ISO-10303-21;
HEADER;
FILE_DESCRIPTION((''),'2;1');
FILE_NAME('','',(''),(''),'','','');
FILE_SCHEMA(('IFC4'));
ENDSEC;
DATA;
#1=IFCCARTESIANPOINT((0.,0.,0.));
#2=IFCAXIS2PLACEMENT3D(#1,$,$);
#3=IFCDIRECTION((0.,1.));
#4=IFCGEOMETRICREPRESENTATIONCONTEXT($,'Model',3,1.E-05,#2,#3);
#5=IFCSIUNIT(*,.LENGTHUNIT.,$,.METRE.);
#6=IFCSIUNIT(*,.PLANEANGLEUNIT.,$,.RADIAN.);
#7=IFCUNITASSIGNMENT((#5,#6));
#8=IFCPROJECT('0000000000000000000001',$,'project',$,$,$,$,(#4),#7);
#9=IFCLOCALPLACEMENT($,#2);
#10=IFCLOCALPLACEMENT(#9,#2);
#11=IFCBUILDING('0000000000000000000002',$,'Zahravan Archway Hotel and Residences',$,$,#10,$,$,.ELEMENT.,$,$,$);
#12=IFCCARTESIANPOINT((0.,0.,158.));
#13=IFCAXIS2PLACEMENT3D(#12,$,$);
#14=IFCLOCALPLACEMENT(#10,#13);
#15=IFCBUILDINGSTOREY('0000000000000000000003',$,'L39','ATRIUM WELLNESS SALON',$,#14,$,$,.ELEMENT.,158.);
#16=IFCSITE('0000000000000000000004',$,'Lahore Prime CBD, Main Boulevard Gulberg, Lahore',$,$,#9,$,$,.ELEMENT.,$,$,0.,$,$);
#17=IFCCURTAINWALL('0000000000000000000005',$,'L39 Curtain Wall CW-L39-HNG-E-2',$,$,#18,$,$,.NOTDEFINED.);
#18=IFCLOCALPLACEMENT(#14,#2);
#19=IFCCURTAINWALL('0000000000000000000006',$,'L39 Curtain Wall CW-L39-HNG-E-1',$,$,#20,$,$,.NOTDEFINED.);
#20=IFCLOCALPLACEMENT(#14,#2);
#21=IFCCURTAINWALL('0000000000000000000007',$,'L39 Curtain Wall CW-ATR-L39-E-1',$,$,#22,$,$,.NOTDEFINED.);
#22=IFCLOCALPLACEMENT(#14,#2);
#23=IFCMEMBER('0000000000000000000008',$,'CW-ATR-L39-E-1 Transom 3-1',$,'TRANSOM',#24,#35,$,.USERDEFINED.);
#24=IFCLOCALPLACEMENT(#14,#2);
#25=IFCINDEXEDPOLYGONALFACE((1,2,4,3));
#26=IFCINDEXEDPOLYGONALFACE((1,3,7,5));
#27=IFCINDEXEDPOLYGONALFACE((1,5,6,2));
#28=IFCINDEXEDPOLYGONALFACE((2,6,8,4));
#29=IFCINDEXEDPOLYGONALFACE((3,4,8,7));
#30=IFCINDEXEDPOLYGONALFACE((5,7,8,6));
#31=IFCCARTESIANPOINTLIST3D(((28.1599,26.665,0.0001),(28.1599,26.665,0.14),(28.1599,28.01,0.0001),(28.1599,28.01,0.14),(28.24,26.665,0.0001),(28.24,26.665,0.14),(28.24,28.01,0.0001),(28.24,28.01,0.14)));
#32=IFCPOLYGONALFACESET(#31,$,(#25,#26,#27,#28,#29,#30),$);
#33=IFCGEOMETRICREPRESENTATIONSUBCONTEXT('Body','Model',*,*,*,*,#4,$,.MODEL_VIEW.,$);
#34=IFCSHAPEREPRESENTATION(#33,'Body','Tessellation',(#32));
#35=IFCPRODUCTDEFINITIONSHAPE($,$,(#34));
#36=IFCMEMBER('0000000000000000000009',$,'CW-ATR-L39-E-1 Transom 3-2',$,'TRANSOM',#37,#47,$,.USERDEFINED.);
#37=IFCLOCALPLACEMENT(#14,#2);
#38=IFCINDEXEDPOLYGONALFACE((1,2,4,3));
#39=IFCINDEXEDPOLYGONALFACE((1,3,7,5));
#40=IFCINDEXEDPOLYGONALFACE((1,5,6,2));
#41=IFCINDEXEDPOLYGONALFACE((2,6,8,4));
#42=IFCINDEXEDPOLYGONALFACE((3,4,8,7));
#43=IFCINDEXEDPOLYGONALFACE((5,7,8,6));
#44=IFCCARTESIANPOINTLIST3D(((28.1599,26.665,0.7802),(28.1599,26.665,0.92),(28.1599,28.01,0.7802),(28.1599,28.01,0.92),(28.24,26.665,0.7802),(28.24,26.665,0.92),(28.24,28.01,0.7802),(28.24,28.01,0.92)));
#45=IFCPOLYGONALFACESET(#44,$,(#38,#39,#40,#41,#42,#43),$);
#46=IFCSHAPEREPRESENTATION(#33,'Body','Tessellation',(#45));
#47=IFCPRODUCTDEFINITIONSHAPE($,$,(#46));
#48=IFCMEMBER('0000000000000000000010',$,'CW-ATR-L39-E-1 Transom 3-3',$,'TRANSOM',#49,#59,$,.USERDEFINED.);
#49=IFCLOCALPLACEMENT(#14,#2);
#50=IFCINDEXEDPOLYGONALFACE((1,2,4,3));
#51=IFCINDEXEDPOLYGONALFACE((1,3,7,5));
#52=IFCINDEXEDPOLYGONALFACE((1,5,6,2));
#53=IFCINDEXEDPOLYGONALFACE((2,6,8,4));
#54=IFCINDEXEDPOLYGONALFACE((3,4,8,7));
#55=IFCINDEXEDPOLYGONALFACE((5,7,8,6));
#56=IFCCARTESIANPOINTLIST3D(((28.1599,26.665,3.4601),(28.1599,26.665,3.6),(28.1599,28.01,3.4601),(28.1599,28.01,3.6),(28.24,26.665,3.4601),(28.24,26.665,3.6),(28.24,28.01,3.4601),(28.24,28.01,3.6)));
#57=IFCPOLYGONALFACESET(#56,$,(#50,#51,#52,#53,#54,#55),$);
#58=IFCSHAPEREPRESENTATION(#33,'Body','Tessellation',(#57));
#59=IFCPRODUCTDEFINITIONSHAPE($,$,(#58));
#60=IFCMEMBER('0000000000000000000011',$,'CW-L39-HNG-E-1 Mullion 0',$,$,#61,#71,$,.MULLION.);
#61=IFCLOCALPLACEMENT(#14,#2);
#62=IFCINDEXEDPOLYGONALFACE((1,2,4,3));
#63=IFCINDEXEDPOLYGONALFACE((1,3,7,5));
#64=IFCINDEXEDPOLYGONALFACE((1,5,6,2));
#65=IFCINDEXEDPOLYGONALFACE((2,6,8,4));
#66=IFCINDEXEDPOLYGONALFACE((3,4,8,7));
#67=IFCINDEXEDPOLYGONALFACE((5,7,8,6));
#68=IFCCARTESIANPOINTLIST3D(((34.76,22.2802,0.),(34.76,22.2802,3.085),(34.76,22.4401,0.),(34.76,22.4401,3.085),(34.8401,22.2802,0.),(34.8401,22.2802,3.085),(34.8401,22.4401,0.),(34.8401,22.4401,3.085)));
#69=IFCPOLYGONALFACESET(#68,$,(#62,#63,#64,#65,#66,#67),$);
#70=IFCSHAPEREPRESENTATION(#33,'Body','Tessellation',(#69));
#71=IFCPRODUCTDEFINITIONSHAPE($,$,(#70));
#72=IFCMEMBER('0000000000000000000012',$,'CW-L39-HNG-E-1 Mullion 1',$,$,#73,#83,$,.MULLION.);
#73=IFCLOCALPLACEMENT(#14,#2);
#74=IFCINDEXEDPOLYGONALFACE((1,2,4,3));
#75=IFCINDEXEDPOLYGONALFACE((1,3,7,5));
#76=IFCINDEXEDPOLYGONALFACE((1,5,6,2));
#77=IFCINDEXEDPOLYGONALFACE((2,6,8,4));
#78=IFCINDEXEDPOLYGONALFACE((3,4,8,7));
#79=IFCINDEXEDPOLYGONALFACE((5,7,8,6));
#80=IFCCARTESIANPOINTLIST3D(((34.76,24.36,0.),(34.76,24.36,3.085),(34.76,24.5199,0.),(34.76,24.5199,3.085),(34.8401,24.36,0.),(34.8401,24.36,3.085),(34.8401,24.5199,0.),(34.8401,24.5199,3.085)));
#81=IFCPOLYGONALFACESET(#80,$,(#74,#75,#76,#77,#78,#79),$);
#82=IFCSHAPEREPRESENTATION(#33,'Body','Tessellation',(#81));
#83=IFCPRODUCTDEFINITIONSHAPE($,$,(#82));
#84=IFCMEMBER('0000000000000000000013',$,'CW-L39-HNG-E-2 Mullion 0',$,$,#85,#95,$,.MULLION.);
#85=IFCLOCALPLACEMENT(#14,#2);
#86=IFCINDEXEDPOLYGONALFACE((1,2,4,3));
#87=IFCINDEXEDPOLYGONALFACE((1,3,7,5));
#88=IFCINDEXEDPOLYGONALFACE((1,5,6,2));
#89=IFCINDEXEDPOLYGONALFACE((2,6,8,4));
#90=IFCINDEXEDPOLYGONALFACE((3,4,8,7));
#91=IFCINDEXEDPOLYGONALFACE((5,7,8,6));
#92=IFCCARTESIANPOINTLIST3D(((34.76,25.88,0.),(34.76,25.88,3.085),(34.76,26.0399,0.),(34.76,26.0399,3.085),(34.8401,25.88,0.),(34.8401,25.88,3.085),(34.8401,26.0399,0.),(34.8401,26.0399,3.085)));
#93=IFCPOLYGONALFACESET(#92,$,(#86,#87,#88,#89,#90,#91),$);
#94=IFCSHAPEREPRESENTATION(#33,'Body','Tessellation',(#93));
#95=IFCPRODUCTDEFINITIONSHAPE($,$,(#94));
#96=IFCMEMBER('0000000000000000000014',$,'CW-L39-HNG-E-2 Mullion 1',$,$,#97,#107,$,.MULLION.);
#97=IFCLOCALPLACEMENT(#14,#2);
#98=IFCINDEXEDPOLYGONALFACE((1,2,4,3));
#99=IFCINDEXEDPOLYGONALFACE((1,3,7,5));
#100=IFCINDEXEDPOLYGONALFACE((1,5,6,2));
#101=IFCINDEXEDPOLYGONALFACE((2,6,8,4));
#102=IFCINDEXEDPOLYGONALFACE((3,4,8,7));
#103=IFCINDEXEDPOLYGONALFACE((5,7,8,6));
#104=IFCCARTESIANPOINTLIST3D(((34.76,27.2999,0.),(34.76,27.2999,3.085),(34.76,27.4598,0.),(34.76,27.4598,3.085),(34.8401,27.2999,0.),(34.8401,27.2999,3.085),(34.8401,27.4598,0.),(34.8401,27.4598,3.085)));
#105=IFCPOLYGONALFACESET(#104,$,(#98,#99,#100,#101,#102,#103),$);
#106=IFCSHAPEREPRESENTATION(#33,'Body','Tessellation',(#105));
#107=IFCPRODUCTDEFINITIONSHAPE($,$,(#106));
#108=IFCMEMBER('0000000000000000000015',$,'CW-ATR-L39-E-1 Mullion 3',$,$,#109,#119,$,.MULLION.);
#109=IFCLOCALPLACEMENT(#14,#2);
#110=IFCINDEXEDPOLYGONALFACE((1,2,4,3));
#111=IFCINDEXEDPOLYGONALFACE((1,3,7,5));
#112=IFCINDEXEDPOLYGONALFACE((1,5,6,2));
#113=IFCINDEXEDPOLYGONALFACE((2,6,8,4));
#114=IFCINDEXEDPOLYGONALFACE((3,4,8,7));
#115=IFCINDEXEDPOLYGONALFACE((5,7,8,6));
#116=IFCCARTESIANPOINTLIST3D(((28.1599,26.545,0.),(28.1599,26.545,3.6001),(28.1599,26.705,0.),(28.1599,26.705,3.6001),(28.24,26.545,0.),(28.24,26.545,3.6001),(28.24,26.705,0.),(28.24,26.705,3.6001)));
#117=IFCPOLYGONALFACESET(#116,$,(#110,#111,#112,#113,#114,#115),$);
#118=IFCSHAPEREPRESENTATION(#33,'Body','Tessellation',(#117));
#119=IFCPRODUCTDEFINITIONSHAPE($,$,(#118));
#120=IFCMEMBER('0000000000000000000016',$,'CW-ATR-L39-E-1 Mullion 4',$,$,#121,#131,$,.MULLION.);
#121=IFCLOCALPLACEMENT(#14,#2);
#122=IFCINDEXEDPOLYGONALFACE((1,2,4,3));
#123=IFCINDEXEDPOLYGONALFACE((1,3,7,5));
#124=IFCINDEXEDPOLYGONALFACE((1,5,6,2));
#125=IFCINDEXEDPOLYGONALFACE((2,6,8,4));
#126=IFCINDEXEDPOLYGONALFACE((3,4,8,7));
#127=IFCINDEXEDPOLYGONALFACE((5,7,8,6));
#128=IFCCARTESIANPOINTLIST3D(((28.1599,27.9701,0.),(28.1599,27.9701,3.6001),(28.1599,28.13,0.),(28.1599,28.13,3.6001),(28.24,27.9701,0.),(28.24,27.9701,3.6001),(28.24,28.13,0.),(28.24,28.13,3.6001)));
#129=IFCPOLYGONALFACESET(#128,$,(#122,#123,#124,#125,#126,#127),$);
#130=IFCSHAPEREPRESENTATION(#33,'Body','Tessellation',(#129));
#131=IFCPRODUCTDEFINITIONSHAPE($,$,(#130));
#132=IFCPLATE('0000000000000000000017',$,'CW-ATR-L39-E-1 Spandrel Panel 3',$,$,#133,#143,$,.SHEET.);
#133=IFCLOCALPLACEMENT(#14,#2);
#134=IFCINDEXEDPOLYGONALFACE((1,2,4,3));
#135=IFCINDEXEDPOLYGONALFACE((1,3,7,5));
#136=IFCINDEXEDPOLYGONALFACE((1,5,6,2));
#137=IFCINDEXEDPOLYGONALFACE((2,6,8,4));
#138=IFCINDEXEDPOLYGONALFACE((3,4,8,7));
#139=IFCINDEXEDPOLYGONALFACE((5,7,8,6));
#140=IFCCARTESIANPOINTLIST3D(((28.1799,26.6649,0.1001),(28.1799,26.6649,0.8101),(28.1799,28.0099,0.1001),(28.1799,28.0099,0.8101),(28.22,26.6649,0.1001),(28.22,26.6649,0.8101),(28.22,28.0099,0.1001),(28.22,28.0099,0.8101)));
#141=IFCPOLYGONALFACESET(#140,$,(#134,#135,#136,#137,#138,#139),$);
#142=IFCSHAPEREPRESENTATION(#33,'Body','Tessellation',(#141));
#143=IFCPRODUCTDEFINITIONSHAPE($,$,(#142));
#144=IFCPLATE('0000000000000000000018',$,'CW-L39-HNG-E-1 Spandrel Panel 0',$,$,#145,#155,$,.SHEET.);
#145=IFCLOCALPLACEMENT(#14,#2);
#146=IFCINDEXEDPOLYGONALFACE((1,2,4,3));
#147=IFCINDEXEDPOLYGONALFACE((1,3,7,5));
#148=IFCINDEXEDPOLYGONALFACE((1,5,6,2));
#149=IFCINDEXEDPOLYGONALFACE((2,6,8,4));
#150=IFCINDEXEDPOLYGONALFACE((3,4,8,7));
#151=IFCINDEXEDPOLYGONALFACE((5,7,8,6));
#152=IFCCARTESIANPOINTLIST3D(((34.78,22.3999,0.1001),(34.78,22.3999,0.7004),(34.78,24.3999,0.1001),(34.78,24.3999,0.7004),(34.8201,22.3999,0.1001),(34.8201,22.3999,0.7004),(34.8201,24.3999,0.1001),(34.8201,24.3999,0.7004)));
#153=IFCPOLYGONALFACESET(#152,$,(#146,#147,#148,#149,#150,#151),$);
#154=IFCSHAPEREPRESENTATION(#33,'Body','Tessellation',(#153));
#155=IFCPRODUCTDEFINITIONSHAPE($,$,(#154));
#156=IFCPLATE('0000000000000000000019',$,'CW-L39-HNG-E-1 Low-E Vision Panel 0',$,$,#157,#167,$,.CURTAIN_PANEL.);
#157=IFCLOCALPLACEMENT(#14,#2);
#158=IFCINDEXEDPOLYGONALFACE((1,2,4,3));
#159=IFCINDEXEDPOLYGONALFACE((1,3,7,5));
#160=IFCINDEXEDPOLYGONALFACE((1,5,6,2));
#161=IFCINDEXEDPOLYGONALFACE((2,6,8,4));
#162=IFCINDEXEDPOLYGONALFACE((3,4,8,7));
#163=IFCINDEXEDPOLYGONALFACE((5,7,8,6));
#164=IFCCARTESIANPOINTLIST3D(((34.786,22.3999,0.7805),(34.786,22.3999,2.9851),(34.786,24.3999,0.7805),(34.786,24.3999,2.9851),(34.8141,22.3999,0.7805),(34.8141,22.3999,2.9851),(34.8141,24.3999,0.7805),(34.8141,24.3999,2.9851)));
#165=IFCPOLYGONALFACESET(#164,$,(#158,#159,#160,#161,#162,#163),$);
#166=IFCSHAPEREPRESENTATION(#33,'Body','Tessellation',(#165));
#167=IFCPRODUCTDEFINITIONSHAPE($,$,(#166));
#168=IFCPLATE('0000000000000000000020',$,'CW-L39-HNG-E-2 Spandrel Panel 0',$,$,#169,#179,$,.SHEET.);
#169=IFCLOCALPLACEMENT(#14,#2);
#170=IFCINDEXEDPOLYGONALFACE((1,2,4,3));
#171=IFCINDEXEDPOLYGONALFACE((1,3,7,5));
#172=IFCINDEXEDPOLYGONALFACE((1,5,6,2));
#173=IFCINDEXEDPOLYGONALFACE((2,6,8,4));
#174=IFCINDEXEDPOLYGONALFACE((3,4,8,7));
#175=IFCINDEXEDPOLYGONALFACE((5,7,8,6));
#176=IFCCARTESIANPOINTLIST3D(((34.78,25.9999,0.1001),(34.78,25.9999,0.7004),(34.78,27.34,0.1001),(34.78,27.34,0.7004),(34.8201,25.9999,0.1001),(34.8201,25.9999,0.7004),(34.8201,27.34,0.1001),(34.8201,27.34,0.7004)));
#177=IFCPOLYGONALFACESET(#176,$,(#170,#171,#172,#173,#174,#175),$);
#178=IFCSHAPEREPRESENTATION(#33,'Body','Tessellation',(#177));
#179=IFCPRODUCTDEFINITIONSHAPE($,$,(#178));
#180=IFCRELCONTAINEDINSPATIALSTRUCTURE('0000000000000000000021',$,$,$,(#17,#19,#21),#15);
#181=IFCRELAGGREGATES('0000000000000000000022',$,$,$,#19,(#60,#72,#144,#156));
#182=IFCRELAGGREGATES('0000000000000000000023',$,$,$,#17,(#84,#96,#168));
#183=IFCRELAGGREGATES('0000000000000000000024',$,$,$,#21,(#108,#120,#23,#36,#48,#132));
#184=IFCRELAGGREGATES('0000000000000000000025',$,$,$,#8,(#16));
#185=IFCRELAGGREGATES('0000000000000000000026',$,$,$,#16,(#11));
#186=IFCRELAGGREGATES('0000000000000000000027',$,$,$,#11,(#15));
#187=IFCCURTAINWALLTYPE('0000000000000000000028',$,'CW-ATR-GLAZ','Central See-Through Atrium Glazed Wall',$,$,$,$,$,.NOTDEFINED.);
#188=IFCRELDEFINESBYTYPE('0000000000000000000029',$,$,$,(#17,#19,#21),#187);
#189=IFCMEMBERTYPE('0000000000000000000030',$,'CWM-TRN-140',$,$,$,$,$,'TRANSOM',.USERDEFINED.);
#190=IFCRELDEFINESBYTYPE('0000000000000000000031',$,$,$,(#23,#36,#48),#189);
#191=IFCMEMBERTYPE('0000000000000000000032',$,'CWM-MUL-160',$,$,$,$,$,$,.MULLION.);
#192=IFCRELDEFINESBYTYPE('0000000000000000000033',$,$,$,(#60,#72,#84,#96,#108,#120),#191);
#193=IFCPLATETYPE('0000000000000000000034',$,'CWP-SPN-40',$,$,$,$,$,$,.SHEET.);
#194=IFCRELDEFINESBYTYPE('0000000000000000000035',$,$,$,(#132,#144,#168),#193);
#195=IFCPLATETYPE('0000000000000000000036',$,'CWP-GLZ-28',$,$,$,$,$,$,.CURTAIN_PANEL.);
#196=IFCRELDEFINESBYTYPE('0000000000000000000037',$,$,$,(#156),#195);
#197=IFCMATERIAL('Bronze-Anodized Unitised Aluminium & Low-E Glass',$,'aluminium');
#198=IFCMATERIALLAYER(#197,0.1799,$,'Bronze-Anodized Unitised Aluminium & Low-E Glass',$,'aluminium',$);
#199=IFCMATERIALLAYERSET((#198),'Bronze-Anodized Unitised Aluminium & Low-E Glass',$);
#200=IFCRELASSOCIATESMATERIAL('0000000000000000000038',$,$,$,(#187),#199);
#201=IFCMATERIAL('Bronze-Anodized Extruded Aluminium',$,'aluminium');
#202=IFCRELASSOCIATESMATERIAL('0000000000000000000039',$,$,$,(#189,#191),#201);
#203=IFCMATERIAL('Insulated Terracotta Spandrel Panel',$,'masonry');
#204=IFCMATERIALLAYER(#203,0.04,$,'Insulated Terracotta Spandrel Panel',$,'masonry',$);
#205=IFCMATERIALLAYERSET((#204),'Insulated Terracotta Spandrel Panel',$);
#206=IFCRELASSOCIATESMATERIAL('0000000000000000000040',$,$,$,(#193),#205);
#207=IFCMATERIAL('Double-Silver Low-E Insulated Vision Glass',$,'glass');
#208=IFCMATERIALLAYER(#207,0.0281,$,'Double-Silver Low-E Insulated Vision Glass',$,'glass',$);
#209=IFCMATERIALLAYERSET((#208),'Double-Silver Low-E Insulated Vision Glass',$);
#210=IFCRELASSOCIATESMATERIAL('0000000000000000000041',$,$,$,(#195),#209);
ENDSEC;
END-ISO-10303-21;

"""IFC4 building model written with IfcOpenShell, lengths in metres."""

from ifc_helpers import new_model, si_unit, direction, frame, origin, origin_2d, place, context, subcontext, project, spatial, rectangle, extrude, source, transform, mapped, material, layer, layer_set, material_profile, profile_set, type_object, element, aggregate, save


model = new_model("IFC4")

# Units and contexts
model_context = context("Model", 3, precision=1e-05, world=origin(), true_north=direction((0.0, 1.0)))
body_context = subcontext(model_context, "Body", "Model", "MODEL_VIEW")
ifc_project = project(units=[si_unit("LENGTHUNIT", "METRE"), si_unit("PLANEANGLEUNIT", "RADIAN")], contexts=[model_context])

# Site, building, storey
site_placement = place(None, origin())
site = spatial("IfcSite", under=ifc_project, at=site_placement, Name="Lahore Prime CBD, Main Boulevard Gulberg, Lahore", CompositionType="ELEMENT", RefElevation=0.0)
building_placement = place(site_placement, origin())
building = spatial("IfcBuilding", under=site, at=building_placement, Name="Zahravan Archway Hotel and Residences", CompositionType="ELEMENT")
storey_placement = place(building_placement, frame((0.0, 0.0, 158.0)))
storey = spatial("IfcBuildingStorey", under=building, at=storey_placement, Name="L39", Description="ATRIUM WELLNESS SALON", CompositionType="ELEMENT", Elevation=158.0)

# Curtain walls, members
ifc_material_1 = material(Name="Bronze-Anodized Unitised Aluminium & Low-E Glass", Category="aluminium")
ifc_layer_1 = layer(ifc_material_1, 0.1799, Name="Bronze-Anodized Unitised Aluminium & Low-E Glass", Category="aluminium")
ifc_layer_set_1 = layer_set([ifc_layer_1], Name="Bronze-Anodized Unitised Aluminium & Low-E Glass")
curtain_wall_type = type_object("IfcCurtainWallType", Name="CW-ATR-GLAZ", Description="Central See-Through Atrium Glazed Wall", PredefinedType="NOTDEFINED", material=ifc_layer_set_1)
curtain_wall_1_placement = place(storey_placement, origin())
curtain_wall_1 = element("IfcCurtainWall", 1, at=curtain_wall_1_placement, inside=storey, type_object=curtain_wall_type, Name="L39 Curtain Wall CW-L39-HNG-E-2", PredefinedType="NOTDEFINED")
ifc_material_2 = material(Name="Bronze-Anodized Extruded Aluminium", Category="aluminium")
ifc_material_profile_1 = material_profile(ifc_material_2, rectangle(XDim=0.0801, YDim=0.1399, at=origin_2d()), Name="TRN 80x140", Category="aluminium")
ifc_profile_set_1 = profile_set([ifc_material_profile_1], Name="Bronze-Anodized Extruded Aluminium")
member_type_1 = type_object("IfcMemberType", Name="CWM-TRN-140", ElementType="TRANSOM", PredefinedType="USERDEFINED", material=ifc_profile_set_1)
curtain_wall_2_placement = place(storey_placement, origin())
curtain_wall_2 = element("IfcCurtainWall", 2, at=curtain_wall_2_placement, inside=storey, type_object=curtain_wall_type, Name="L39 Curtain Wall CW-L39-HNG-E-1", PredefinedType="NOTDEFINED")
curtain_wall_3_placement = place(storey_placement, origin())
curtain_wall_3 = element("IfcCurtainWall", 3, at=curtain_wall_3_placement, inside=storey, type_object=curtain_wall_type, Name="L39 Curtain Wall CW-ATR-L39-E-1", PredefinedType="NOTDEFINED")
shared_shape_1 = source(origin(), body_context, "Body", "SweptSolid", [
    extrude(rectangle(XDim=0.0801, YDim=0.1399, at=origin_2d()), origin(), (0.0, 0.0, 1.0), 1.345),
])
member_1_placement = place(storey_placement, frame((28.2, 26.665, 0.0701), z_axis=(0.0, 1.0, 0.0), x_axis=(-1.0, 0.0, 0.0)))
member_1 = element("IfcMember", 4, at=member_1_placement, type_object=member_type_1, Name="CW-ATR-L39-E-1 Transom 3-1", ObjectType="TRANSOM", PredefinedType="USERDEFINED", context=body_context, shape_type="MappedRepresentation", body=[
    mapped(shared_shape_1, transform((0.0, 0.0, 0.0), scale=1.0)),
])
member_2_placement = place(storey_placement, frame((28.2, 26.665, 0.8501), z_axis=(0.0, 1.0, 0.0), x_axis=(-1.0, 0.0, 0.0)))
member_2 = element("IfcMember", 5, at=member_2_placement, type_object=member_type_1, Name="CW-ATR-L39-E-1 Transom 3-2", ObjectType="TRANSOM", PredefinedType="USERDEFINED", context=body_context, shape_type="MappedRepresentation", body=[
    mapped(shared_shape_1, transform((0.0, 0.0, 0.0), scale=1.0)),
])
member_3_placement = place(storey_placement, frame((28.2, 26.665, 3.53), z_axis=(0.0, 1.0, 0.0), x_axis=(-1.0, 0.0, 0.0)))
member_3 = element("IfcMember", 6, at=member_3_placement, type_object=member_type_1, Name="CW-ATR-L39-E-1 Transom 3-3", ObjectType="TRANSOM", PredefinedType="USERDEFINED", context=body_context, shape_type="MappedRepresentation", body=[
    mapped(shared_shape_1, transform((0.0, 0.0, 0.0), scale=1.0)),
])

# Members
ifc_material_profile_2 = material_profile(ifc_material_2, rectangle(XDim=0.0801, YDim=0.1599, at=origin_2d()), Name="MUL 80x160", Category="aluminium")
ifc_profile_set_2 = profile_set([ifc_material_profile_2], Name="Bronze-Anodized Extruded Aluminium")
member_type_2 = type_object("IfcMemberType", Name="CWM-MUL-160", PredefinedType="MULLION", material=ifc_profile_set_2)
shared_shape_2 = source(origin(), body_context, "Body", "SweptSolid", [
    extrude(rectangle(XDim=0.0801, YDim=0.1599, at=origin_2d()), origin(), (0.0, 0.0, 1.0), 3.085),
])
member_4_placement = place(storey_placement, frame((34.8, 22.3601, 0.0), z_axis=(0.0, 0.0, 1.0), x_axis=(1.0, 0.0, 0.0)))
member_4 = element("IfcMember", 7, at=member_4_placement, type_object=member_type_2, Name="CW-L39-HNG-E-1 Mullion 0", PredefinedType="MULLION", context=body_context, shape_type="MappedRepresentation", body=[
    mapped(shared_shape_2, transform((0.0, 0.0, 0.0), scale=1.0)),
])
member_5_placement = place(storey_placement, frame((34.8, 24.4399, 0.0), z_axis=(0.0, 0.0, 1.0), x_axis=(1.0, 0.0, 0.0)))
member_5 = element("IfcMember", 8, at=member_5_placement, type_object=member_type_2, Name="CW-L39-HNG-E-1 Mullion 1", PredefinedType="MULLION", context=body_context, shape_type="MappedRepresentation", body=[
    mapped(shared_shape_2, transform((0.0, 0.0, 0.0), scale=1.0)),
])
member_6_placement = place(storey_placement, frame((34.8, 25.96, 0.0), z_axis=(0.0, 0.0, 1.0), x_axis=(1.0, 0.0, 0.0)))
member_6 = element("IfcMember", 9, at=member_6_placement, type_object=member_type_2, Name="CW-L39-HNG-E-2 Mullion 0", PredefinedType="MULLION", context=body_context, shape_type="MappedRepresentation", body=[
    mapped(shared_shape_2, transform((0.0, 0.0, 0.0), scale=1.0)),
])
member_7_placement = place(storey_placement, frame((34.8, 27.3799, 0.0), z_axis=(0.0, 0.0, 1.0), x_axis=(1.0, 0.0, 0.0)))
member_7 = element("IfcMember", 10, at=member_7_placement, type_object=member_type_2, Name="CW-L39-HNG-E-2 Mullion 1", PredefinedType="MULLION", context=body_context, shape_type="MappedRepresentation", body=[
    mapped(shared_shape_2, transform((0.0, 0.0, 0.0), scale=1.0)),
])
shared_shape_3 = source(origin(), body_context, "Body", "SweptSolid", [
    extrude(rectangle(XDim=0.0801, YDim=0.1599, at=origin_2d()), origin(), (0.0, 0.0, 1.0), 3.6001),
])
member_8_placement = place(storey_placement, frame((28.2, 26.625, 0.0), z_axis=(0.0, 0.0, 1.0), x_axis=(1.0, 0.0, 0.0)))
member_8 = element("IfcMember", 11, at=member_8_placement, type_object=member_type_2, Name="CW-ATR-L39-E-1 Mullion 3", PredefinedType="MULLION", context=body_context, shape_type="MappedRepresentation", body=[
    mapped(shared_shape_3, transform((0.0, 0.0, 0.0), scale=1.0)),
])
member_9_placement = place(storey_placement, frame((28.2, 28.05, 0.0), z_axis=(0.0, 0.0, 1.0), x_axis=(1.0, 0.0, 0.0)))
member_9 = element("IfcMember", 12, at=member_9_placement, type_object=member_type_2, Name="CW-ATR-L39-E-1 Mullion 4", PredefinedType="MULLION", context=body_context, shape_type="MappedRepresentation", body=[
    mapped(shared_shape_3, transform((0.0, 0.0, 0.0), scale=1.0)),
])

# Plates
ifc_material_3 = material(Name="Insulated Terracotta Spandrel Panel", Category="masonry")
ifc_layer_2 = layer(ifc_material_3, 0.04, Name="Insulated Terracotta Spandrel Panel", Category="masonry")
ifc_layer_set_2 = layer_set([ifc_layer_2], Name="Insulated Terracotta Spandrel Panel")
plate_type_1 = type_object("IfcPlateType", Name="CWP-SPN-40", PredefinedType="SHEET", material=ifc_layer_set_2)
shared_shape_4 = source(origin(), body_context, "Body", "SweptSolid", [
    extrude(rectangle(XDim=1.345, YDim=0.04, at=origin_2d()), origin(), (0.0, 0.0, 1.0), 0.71),
])
plate_1_placement = place(storey_placement, frame((28.2, 27.3374, 0.1001), z_axis=(0.0, 0.0, 1.0), x_axis=(0.0, 1.0, 0.0)))
plate_1 = element("IfcPlate", 13, at=plate_1_placement, type_object=plate_type_1, Name="CW-ATR-L39-E-1 Spandrel Panel 3", PredefinedType="SHEET", context=body_context, shape_type="MappedRepresentation", body=[
    mapped(shared_shape_4, transform((0.0, 0.0, 0.0), scale=1.0)),
])
shared_shape_5 = source(origin(), body_context, "Body", "SweptSolid", [
    extrude(rectangle(XDim=2.0, YDim=0.04, at=origin_2d()), origin(), (0.0, 0.0, 1.0), 0.6003),
])
plate_2_placement = place(storey_placement, frame((34.8, 23.3999, 0.1001), z_axis=(0.0, 0.0, 1.0), x_axis=(0.0, 1.0, 0.0)))
plate_2 = element("IfcPlate", 14, at=plate_2_placement, type_object=plate_type_1, Name="CW-L39-HNG-E-1 Spandrel Panel 0", PredefinedType="SHEET", context=body_context, shape_type="MappedRepresentation", body=[
    mapped(shared_shape_5, transform((0.0, 0.0, 0.0), scale=1.0)),
])
ifc_material_4 = material(Name="Double-Silver Low-E Insulated Vision Glass", Category="glass")
ifc_layer_3 = layer(ifc_material_4, 0.0281, Name="Double-Silver Low-E Insulated Vision Glass", Category="glass")
ifc_layer_set_3 = layer_set([ifc_layer_3], Name="Double-Silver Low-E Insulated Vision Glass")
plate_type_2 = type_object("IfcPlateType", Name="CWP-GLZ-28", PredefinedType="CURTAIN_PANEL", material=ifc_layer_set_3)
shared_shape_6 = source(origin(), body_context, "Body", "SweptSolid", [
    extrude(rectangle(XDim=2.0, YDim=0.0281, at=origin_2d()), origin(), (0.0, 0.0, 1.0), 2.2046),
])
plate_3_placement = place(storey_placement, frame((34.8, 23.3999, 0.7805), z_axis=(0.0, 0.0, 1.0), x_axis=(0.0, 1.0, 0.0)))
plate_3 = element("IfcPlate", 15, at=plate_3_placement, type_object=plate_type_2, Name="CW-L39-HNG-E-1 Low-E Vision Panel 0", PredefinedType="CURTAIN_PANEL", context=body_context, shape_type="MappedRepresentation", body=[
    mapped(shared_shape_6, transform((0.0, 0.0, 0.0), scale=1.0)),
])
aggregate(curtain_wall_2, [member_4, member_5, plate_2, plate_3])
shared_shape_7 = source(origin(), body_context, "Body", "SweptSolid", [
    extrude(rectangle(XDim=1.3401, YDim=0.04, at=origin_2d()), origin(), (0.0, 0.0, 1.0), 0.6003),
])
plate_4_placement = place(storey_placement, frame((34.8, 26.6699, 0.1001), z_axis=(0.0, 0.0, 1.0), x_axis=(0.0, 1.0, 0.0)))
plate_4 = element("IfcPlate", 16, at=plate_4_placement, type_object=plate_type_1, Name="CW-L39-HNG-E-2 Spandrel Panel 0", PredefinedType="SHEET", context=body_context, shape_type="MappedRepresentation", body=[
    mapped(shared_shape_7, transform((0.0, 0.0, 0.0), scale=1.0)),
])
aggregate(curtain_wall_1, [member_6, member_7, plate_4])
aggregate(curtain_wall_3, [member_8, member_9, member_1, member_2, member_3, plate_1])

save(model, "model.ifc")
